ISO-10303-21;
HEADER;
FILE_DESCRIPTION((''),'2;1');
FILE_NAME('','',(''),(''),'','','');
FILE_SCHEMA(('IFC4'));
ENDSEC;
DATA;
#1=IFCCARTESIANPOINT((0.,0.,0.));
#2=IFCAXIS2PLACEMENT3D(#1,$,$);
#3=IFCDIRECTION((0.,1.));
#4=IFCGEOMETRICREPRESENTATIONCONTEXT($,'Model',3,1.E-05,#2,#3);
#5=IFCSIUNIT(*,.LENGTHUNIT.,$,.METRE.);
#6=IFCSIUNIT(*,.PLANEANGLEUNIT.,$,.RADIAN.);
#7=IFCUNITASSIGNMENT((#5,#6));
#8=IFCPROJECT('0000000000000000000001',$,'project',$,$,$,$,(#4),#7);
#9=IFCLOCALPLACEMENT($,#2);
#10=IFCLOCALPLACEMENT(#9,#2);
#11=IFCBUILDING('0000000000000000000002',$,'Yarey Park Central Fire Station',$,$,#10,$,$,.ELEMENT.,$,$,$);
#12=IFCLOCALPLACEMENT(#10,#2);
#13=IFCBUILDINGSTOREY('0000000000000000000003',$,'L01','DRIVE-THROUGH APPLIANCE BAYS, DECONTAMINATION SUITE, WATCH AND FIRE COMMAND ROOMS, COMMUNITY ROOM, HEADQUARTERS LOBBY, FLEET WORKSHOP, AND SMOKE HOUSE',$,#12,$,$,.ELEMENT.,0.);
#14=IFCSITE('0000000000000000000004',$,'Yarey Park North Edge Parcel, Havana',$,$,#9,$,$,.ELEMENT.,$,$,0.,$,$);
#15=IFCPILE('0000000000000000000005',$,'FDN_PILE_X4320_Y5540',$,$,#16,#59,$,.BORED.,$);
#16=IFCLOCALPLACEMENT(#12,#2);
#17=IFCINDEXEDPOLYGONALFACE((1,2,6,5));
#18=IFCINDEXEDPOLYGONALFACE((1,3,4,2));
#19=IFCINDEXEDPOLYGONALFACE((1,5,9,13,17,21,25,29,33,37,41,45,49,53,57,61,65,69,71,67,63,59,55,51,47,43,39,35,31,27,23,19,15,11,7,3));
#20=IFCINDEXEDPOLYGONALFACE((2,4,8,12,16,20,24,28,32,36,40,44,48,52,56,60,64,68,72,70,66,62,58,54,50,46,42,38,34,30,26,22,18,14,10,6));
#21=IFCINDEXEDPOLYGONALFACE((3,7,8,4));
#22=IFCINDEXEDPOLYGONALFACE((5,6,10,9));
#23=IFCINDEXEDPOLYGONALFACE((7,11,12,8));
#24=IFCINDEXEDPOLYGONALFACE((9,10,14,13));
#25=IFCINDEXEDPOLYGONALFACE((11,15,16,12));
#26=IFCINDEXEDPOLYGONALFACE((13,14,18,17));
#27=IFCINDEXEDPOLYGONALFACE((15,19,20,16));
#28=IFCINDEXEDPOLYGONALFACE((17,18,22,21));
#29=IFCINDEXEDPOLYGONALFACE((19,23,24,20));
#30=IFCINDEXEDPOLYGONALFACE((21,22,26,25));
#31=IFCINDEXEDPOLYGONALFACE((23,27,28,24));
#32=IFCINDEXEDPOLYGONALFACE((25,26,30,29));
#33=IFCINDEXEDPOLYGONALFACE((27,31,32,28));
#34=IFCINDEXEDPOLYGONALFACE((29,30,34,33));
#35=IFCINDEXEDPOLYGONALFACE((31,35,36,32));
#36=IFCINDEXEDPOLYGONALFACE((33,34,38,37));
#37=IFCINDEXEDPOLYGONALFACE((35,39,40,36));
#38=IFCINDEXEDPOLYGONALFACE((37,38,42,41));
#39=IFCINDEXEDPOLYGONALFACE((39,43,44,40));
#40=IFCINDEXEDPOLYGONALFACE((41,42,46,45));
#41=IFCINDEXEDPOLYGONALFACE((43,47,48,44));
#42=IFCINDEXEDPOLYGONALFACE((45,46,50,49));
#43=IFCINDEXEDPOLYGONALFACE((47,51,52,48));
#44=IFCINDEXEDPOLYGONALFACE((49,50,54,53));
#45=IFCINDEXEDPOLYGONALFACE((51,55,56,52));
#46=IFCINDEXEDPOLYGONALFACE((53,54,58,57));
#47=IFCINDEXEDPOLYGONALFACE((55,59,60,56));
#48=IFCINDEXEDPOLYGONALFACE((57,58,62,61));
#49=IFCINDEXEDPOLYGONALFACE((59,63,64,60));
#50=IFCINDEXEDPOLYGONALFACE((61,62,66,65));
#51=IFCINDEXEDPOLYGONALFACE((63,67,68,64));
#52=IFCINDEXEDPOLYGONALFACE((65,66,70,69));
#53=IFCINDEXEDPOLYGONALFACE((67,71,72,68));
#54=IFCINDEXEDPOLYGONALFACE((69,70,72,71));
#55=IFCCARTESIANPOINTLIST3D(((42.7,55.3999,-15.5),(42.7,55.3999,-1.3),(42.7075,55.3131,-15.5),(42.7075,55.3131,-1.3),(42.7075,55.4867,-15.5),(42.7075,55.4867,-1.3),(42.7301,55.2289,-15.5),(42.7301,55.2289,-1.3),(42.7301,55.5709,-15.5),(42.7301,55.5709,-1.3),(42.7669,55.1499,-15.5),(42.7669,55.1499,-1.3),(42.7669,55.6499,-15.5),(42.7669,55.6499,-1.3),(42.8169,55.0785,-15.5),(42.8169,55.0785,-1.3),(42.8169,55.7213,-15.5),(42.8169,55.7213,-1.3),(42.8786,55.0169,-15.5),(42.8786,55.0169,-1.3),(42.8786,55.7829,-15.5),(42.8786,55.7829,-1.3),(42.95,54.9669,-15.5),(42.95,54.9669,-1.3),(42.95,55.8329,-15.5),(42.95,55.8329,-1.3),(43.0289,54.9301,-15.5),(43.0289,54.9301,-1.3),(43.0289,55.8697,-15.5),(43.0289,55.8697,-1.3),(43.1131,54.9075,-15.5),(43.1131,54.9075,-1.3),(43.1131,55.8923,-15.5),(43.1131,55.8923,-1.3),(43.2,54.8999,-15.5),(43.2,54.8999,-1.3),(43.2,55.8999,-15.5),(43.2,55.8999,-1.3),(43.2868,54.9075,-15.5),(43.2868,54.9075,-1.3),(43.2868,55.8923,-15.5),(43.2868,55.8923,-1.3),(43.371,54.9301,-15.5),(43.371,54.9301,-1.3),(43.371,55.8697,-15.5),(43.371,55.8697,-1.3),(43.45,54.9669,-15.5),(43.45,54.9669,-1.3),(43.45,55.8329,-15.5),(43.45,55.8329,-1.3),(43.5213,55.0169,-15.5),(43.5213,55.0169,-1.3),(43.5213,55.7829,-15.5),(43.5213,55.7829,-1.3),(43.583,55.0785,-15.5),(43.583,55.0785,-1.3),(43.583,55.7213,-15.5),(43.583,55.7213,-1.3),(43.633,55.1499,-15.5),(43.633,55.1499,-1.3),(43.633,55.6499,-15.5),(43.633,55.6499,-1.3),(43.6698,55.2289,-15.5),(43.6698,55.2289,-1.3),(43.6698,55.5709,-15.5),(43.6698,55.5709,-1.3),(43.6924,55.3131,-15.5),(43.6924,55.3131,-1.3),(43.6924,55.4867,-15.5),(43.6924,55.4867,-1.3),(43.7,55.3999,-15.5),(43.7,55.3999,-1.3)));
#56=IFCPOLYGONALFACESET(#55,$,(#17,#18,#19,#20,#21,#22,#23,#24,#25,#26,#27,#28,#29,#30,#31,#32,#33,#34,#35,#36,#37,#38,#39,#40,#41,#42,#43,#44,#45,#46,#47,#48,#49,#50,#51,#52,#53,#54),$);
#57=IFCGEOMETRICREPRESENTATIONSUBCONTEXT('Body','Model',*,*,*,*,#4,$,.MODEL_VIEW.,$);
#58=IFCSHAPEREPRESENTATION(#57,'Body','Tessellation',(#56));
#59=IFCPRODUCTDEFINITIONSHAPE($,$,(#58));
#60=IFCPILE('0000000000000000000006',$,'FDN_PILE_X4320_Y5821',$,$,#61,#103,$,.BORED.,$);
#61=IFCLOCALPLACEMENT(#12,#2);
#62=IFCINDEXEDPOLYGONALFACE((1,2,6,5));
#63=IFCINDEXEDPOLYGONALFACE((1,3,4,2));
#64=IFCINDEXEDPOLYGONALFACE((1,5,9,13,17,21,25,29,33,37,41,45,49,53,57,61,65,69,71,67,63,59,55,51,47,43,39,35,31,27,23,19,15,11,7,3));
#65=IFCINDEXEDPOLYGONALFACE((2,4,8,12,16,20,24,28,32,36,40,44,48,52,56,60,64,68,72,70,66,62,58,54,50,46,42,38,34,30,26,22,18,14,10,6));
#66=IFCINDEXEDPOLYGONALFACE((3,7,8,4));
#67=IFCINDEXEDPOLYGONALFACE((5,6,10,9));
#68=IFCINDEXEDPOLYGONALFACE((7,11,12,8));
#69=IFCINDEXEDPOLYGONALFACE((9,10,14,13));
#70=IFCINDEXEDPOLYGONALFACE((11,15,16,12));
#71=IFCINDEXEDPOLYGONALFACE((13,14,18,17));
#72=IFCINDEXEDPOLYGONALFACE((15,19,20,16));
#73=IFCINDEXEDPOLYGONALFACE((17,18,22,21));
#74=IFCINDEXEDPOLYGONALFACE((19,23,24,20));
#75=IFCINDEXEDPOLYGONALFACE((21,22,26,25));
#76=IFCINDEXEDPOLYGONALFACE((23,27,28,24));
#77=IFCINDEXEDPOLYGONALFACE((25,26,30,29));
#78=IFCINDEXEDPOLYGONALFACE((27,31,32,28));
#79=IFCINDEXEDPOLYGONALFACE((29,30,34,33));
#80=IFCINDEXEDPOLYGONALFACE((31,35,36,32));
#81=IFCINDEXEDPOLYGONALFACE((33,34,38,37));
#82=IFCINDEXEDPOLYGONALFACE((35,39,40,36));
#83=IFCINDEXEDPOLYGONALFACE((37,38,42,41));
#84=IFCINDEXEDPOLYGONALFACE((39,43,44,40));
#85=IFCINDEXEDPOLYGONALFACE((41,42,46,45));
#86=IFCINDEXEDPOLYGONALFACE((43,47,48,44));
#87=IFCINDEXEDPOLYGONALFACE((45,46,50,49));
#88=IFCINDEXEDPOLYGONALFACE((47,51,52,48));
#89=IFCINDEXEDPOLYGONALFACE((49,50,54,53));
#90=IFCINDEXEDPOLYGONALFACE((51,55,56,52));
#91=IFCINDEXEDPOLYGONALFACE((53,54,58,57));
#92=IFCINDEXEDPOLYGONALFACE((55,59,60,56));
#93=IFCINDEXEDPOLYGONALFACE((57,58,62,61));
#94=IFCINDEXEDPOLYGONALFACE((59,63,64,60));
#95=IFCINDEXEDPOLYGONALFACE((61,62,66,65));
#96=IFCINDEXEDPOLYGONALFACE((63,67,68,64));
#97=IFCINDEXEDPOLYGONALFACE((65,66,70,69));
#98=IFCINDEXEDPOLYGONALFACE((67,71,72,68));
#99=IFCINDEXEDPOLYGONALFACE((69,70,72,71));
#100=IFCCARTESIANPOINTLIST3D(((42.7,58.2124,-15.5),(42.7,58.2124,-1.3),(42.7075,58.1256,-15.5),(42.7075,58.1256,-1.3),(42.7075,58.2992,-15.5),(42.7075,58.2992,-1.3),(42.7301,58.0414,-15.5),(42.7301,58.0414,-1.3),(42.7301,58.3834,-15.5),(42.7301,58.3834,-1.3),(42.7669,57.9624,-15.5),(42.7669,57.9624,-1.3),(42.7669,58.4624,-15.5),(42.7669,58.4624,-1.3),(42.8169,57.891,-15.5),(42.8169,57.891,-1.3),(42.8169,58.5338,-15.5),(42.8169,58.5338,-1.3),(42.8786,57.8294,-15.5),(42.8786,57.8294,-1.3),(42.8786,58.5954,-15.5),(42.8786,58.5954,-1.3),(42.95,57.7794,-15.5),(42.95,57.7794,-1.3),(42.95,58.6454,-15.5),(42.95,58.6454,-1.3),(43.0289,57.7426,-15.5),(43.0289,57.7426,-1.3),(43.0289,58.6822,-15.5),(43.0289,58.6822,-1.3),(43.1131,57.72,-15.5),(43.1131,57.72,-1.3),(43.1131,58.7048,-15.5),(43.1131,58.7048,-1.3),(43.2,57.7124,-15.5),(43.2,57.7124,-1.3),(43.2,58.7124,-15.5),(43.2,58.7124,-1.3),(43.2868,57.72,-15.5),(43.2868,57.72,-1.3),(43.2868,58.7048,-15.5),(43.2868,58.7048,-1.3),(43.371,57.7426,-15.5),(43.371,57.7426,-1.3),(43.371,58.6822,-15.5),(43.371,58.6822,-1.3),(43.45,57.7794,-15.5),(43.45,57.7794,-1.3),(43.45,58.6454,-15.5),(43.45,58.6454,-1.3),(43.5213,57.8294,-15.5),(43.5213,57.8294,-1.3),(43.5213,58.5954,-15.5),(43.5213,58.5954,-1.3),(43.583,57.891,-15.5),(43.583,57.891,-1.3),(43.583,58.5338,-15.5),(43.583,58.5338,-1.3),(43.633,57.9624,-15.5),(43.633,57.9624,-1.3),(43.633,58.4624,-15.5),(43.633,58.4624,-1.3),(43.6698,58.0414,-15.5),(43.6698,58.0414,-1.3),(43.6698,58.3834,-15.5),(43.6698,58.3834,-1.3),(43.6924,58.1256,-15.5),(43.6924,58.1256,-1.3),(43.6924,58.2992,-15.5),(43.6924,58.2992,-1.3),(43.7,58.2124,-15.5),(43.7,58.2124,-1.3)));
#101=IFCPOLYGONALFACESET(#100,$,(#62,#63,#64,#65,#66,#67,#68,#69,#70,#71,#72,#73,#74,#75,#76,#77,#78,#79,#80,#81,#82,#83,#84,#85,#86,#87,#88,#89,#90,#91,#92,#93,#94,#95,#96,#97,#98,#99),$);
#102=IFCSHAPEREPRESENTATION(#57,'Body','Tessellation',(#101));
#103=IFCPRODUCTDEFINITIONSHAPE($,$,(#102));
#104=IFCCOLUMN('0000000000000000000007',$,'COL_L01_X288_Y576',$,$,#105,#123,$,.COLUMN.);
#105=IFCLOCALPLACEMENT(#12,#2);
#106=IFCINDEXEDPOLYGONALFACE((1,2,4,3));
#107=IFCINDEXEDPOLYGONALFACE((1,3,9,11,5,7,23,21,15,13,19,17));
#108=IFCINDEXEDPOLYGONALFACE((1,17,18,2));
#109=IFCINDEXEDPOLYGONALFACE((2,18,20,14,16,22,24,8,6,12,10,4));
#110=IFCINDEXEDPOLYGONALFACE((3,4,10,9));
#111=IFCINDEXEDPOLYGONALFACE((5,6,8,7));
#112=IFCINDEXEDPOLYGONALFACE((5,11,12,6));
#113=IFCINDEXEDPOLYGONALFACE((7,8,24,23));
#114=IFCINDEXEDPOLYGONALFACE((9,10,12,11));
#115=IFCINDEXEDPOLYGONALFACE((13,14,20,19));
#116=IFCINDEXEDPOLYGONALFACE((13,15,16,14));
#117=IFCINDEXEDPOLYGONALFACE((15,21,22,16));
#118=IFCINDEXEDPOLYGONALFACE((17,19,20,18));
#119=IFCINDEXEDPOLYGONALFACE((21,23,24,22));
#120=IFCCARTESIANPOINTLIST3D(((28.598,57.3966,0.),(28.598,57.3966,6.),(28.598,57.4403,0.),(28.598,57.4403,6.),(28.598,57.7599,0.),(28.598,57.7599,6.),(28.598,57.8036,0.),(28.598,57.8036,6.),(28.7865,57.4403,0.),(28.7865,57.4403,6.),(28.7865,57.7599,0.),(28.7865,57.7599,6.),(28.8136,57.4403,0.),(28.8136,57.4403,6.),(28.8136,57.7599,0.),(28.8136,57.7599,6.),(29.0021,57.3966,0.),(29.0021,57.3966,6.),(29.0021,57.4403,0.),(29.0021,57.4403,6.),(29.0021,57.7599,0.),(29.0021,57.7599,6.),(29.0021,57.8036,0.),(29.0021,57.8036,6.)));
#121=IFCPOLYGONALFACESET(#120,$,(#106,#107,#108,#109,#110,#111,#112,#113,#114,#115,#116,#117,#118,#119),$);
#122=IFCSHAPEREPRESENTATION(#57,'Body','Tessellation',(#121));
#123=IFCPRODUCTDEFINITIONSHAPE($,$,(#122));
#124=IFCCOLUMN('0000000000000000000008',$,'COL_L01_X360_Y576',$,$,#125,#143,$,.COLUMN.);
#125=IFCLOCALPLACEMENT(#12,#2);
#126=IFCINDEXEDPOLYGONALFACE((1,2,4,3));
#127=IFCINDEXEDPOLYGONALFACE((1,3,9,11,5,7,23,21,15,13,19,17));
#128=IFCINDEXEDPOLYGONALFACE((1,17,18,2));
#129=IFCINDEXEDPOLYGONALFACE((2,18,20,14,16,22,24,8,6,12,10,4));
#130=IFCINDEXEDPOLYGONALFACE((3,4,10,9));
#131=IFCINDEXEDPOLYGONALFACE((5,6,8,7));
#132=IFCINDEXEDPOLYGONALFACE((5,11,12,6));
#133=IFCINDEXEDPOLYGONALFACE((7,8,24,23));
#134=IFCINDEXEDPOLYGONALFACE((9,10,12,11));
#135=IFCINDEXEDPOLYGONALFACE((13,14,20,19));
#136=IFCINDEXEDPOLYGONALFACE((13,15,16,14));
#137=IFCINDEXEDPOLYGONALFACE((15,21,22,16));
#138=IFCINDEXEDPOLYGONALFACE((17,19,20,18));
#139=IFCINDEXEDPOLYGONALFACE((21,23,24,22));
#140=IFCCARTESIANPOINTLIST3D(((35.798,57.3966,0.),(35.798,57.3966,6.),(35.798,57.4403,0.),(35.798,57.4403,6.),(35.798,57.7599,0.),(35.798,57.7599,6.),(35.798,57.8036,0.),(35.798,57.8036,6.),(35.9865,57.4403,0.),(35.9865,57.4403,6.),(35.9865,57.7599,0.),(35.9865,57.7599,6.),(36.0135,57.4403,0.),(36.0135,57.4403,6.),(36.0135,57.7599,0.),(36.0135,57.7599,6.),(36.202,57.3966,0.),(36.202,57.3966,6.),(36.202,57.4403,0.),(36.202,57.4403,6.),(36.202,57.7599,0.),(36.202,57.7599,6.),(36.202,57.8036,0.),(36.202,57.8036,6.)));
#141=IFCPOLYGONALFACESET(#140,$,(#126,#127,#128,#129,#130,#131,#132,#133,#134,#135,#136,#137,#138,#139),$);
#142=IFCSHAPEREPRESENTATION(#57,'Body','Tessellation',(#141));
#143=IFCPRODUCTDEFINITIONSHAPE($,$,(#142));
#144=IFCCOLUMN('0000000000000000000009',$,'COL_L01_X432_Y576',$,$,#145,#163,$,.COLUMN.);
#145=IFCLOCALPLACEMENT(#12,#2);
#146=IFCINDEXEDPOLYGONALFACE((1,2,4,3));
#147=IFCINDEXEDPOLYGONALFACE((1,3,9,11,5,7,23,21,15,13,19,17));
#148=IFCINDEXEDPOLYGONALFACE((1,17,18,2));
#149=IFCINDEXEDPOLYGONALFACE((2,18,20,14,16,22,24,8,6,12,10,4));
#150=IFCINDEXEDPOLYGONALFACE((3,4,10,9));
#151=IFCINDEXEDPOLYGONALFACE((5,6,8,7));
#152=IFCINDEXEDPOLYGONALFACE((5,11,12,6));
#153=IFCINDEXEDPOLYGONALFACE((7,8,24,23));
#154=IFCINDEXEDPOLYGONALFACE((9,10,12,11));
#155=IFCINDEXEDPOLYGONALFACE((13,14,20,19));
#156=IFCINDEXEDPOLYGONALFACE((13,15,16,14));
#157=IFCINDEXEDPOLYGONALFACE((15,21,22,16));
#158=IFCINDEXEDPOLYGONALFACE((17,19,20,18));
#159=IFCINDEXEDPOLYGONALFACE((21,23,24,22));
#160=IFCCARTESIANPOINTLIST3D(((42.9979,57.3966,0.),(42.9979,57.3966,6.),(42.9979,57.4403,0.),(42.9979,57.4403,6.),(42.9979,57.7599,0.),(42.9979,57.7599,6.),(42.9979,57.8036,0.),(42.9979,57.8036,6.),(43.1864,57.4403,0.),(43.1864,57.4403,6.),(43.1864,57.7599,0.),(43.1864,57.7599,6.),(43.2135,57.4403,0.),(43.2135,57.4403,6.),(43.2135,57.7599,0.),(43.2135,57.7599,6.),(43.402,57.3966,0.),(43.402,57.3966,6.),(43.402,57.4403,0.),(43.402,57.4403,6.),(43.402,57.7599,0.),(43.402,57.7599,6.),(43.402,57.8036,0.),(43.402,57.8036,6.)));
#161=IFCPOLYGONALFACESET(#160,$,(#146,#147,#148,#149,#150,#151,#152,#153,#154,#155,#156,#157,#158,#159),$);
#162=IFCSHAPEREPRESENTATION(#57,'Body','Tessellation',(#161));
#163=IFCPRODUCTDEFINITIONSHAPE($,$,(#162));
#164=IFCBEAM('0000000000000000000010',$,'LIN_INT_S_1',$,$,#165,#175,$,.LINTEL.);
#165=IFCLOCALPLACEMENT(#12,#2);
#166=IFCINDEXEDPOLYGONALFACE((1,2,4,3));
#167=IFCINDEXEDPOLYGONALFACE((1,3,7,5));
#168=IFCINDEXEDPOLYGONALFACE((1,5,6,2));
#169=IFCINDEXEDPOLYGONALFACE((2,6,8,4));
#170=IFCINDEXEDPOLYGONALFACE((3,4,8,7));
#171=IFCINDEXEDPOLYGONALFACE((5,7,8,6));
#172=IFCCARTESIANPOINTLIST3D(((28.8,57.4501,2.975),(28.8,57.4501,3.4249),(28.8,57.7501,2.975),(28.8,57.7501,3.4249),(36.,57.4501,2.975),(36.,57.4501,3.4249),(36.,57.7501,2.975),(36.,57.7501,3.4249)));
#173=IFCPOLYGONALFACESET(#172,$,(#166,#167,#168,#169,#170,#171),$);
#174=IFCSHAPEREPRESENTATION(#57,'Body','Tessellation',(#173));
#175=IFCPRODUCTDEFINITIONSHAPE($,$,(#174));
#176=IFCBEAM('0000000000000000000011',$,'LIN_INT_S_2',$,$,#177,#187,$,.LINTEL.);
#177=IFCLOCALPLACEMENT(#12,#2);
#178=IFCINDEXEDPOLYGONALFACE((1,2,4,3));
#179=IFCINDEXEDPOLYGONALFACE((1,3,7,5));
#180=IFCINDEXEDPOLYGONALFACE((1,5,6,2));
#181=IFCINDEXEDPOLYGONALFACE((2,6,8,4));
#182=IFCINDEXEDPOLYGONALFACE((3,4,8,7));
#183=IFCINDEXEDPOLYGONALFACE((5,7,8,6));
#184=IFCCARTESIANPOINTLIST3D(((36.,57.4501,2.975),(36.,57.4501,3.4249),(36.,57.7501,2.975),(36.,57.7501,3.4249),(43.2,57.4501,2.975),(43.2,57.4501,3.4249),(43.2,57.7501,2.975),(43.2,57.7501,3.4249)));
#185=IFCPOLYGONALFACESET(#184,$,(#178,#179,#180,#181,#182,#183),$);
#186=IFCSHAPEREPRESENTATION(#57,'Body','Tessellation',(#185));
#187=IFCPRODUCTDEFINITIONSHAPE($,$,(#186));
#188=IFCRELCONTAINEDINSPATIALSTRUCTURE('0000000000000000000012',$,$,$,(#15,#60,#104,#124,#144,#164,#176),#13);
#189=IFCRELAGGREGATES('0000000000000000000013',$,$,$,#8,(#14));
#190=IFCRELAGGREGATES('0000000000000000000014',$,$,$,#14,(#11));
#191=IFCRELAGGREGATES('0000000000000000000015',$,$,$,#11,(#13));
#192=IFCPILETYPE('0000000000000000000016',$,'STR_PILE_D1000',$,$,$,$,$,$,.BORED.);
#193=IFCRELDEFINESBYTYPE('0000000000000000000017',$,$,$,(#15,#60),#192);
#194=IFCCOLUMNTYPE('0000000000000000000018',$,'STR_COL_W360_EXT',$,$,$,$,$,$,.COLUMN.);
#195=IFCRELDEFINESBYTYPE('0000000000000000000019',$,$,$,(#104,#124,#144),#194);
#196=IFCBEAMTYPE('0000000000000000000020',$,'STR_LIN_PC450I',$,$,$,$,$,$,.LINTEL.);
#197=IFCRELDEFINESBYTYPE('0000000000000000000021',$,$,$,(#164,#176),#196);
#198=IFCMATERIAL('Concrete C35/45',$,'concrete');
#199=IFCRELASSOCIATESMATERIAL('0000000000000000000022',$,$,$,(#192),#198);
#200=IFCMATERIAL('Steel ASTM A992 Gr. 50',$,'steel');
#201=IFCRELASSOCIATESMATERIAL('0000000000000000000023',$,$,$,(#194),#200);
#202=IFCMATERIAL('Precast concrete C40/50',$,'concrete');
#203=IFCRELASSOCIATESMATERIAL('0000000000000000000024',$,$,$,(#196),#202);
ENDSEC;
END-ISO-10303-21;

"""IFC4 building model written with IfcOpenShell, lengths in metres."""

from ifc_helpers import new_model, si_unit, direction, frame, origin, origin_2d, place, context, subcontext, project, spatial, rectangle, circle, i_section, extrude, material, material_profile, profile_set, type_object, element, save


model = new_model("IFC4")

# Units and contexts
model_context = context("Model", 3, precision=1e-05, world=origin(), true_north=direction((0.0, 1.0)))
body_context = subcontext(model_context, "Body", "Model", "MODEL_VIEW")
ifc_project = project(units=[si_unit("LENGTHUNIT", "METRE"), si_unit("PLANEANGLEUNIT", "RADIAN")], contexts=[model_context])

# Site, building, storey
site_placement = place(None, origin())
site = spatial("IfcSite", under=ifc_project, at=site_placement, Name="Yarey Park North Edge Parcel, Havana", CompositionType="ELEMENT", RefElevation=0.0)
building_placement = place(site_placement, origin())
building = spatial("IfcBuilding", under=site, at=building_placement, Name="Yarey Park Central Fire Station", CompositionType="ELEMENT")
storey_placement = place(building_placement, origin())
storey = spatial("IfcBuildingStorey", under=building, at=storey_placement, Name="L01", Description="DRIVE-THROUGH APPLIANCE BAYS, DECONTAMINATION SUITE, WATCH AND FIRE COMMAND ROOMS, COMMUNITY ROOM, HEADQUARTERS LOBBY, FLEET WORKSHOP, AND SMOKE HOUSE", CompositionType="ELEMENT", Elevation=0.0)

# Piles
ifc_material_1 = material(Name="Concrete C35/45", Category="concrete")
ifc_material_profile_1 = material_profile(ifc_material_1, circle(Radius=0.5, at=origin_2d()), Name="BORED PILE D1000")
ifc_profile_set_1 = profile_set([ifc_material_profile_1], Name="Concrete C35/45")
pile_type = type_object("IfcPileType", Name="STR_PILE_D1000", PredefinedType="BORED", material=ifc_profile_set_1)
for number, where, z_axis, x_axis, name in (
    (1, (43.2, 55.3999, -1.3), (0.0, 0.0, -1.0), (1.0, 0.0, 0.0), "FDN_PILE_X4320_Y5540"),
    (2, (43.2, 58.2124, -1.3), (0.0, 0.0, -1.0), (1.0, 0.0, 0.0), "FDN_PILE_X4320_Y5821"),
):
    element("IfcPile", number, at=place(storey_placement, frame(where, z_axis=z_axis, x_axis=x_axis)), inside=storey, type_object=pile_type, Name=name, PredefinedType="BORED", context=body_context, shape_type="SweptSolid", body=[
        extrude(circle(Radius=0.5, at=origin_2d()), origin(), (0.0, 0.0, 1.0), 14.2),
    ])

# Columns
ifc_material_2 = material(Name="Steel ASTM A992 Gr. 50", Category="steel")
ifc_material_profile_2 = material_profile(ifc_material_2, i_section(OverallWidth=0.4041, OverallDepth=0.407, WebThickness=0.0271, FlangeThickness=0.0437, at=origin_2d()), Name="W360x347")
ifc_profile_set_2 = profile_set([ifc_material_profile_2], Name="Steel ASTM A992 Gr. 50")
column_type = type_object("IfcColumnType", Name="STR_COL_W360_EXT", PredefinedType="COLUMN", material=ifc_profile_set_2)
for number, where, z_axis, x_axis, name in (
    (3, (28.8, 57.6001, 0.0), (0.0, 0.0, 1.0), (1.0, 0.0, 0.0), "COL_L01_X288_Y576"),
    (4, (36.0, 57.6001, 0.0), (0.0, 0.0, 1.0), (1.0, 0.0, 0.0), "COL_L01_X360_Y576"),
    (5, (43.2, 57.6001, 0.0), (0.0, 0.0, 1.0), (1.0, 0.0, 0.0), "COL_L01_X432_Y576"),
):
    element("IfcColumn", number, at=place(storey_placement, frame(where, z_axis=z_axis, x_axis=x_axis)), inside=storey, type_object=column_type, Name=name, PredefinedType="COLUMN", context=body_context, shape_type="SweptSolid", body=[
        extrude(i_section(OverallWidth=0.4041, OverallDepth=0.407, WebThickness=0.0271, FlangeThickness=0.0437, at=origin_2d()), origin(), (0.0, 0.0, 1.0), 6.0),
    ])

# Beams
ifc_material_3 = material(Name="Precast concrete C40/50", Category="concrete")
ifc_material_profile_3 = material_profile(ifc_material_3, rectangle(XDim=0.3, YDim=0.45, at=origin_2d()), Name="PC 300x450")
ifc_profile_set_3 = profile_set([ifc_material_profile_3], Name="Precast concrete C40/50")
beam_type = type_object("IfcBeamType", Name="STR_LIN_PC450I", PredefinedType="LINTEL", material=ifc_profile_set_3)
for number, where, z_axis, x_axis, name in (
    (6, (28.8, 57.6001, 3.2), (1.0, 0.0, 0.0), (0.0, 1.0, 0.0), "LIN_INT_S_1"),
    (7, (36.0, 57.6001, 3.2), (1.0, 0.0, 0.0), (0.0, 1.0, 0.0), "LIN_INT_S_2"),
):
    element("IfcBeam", number, at=place(storey_placement, frame(where, z_axis=z_axis, x_axis=x_axis)), inside=storey, type_object=beam_type, Name=name, PredefinedType="LINTEL", context=body_context, shape_type="SweptSolid", body=[
        extrude(rectangle(XDim=0.3, YDim=0.45, at=origin_2d()), origin(), (0.0, 0.0, 1.0), 7.2),
    ])

save(model, "model.ifc")
